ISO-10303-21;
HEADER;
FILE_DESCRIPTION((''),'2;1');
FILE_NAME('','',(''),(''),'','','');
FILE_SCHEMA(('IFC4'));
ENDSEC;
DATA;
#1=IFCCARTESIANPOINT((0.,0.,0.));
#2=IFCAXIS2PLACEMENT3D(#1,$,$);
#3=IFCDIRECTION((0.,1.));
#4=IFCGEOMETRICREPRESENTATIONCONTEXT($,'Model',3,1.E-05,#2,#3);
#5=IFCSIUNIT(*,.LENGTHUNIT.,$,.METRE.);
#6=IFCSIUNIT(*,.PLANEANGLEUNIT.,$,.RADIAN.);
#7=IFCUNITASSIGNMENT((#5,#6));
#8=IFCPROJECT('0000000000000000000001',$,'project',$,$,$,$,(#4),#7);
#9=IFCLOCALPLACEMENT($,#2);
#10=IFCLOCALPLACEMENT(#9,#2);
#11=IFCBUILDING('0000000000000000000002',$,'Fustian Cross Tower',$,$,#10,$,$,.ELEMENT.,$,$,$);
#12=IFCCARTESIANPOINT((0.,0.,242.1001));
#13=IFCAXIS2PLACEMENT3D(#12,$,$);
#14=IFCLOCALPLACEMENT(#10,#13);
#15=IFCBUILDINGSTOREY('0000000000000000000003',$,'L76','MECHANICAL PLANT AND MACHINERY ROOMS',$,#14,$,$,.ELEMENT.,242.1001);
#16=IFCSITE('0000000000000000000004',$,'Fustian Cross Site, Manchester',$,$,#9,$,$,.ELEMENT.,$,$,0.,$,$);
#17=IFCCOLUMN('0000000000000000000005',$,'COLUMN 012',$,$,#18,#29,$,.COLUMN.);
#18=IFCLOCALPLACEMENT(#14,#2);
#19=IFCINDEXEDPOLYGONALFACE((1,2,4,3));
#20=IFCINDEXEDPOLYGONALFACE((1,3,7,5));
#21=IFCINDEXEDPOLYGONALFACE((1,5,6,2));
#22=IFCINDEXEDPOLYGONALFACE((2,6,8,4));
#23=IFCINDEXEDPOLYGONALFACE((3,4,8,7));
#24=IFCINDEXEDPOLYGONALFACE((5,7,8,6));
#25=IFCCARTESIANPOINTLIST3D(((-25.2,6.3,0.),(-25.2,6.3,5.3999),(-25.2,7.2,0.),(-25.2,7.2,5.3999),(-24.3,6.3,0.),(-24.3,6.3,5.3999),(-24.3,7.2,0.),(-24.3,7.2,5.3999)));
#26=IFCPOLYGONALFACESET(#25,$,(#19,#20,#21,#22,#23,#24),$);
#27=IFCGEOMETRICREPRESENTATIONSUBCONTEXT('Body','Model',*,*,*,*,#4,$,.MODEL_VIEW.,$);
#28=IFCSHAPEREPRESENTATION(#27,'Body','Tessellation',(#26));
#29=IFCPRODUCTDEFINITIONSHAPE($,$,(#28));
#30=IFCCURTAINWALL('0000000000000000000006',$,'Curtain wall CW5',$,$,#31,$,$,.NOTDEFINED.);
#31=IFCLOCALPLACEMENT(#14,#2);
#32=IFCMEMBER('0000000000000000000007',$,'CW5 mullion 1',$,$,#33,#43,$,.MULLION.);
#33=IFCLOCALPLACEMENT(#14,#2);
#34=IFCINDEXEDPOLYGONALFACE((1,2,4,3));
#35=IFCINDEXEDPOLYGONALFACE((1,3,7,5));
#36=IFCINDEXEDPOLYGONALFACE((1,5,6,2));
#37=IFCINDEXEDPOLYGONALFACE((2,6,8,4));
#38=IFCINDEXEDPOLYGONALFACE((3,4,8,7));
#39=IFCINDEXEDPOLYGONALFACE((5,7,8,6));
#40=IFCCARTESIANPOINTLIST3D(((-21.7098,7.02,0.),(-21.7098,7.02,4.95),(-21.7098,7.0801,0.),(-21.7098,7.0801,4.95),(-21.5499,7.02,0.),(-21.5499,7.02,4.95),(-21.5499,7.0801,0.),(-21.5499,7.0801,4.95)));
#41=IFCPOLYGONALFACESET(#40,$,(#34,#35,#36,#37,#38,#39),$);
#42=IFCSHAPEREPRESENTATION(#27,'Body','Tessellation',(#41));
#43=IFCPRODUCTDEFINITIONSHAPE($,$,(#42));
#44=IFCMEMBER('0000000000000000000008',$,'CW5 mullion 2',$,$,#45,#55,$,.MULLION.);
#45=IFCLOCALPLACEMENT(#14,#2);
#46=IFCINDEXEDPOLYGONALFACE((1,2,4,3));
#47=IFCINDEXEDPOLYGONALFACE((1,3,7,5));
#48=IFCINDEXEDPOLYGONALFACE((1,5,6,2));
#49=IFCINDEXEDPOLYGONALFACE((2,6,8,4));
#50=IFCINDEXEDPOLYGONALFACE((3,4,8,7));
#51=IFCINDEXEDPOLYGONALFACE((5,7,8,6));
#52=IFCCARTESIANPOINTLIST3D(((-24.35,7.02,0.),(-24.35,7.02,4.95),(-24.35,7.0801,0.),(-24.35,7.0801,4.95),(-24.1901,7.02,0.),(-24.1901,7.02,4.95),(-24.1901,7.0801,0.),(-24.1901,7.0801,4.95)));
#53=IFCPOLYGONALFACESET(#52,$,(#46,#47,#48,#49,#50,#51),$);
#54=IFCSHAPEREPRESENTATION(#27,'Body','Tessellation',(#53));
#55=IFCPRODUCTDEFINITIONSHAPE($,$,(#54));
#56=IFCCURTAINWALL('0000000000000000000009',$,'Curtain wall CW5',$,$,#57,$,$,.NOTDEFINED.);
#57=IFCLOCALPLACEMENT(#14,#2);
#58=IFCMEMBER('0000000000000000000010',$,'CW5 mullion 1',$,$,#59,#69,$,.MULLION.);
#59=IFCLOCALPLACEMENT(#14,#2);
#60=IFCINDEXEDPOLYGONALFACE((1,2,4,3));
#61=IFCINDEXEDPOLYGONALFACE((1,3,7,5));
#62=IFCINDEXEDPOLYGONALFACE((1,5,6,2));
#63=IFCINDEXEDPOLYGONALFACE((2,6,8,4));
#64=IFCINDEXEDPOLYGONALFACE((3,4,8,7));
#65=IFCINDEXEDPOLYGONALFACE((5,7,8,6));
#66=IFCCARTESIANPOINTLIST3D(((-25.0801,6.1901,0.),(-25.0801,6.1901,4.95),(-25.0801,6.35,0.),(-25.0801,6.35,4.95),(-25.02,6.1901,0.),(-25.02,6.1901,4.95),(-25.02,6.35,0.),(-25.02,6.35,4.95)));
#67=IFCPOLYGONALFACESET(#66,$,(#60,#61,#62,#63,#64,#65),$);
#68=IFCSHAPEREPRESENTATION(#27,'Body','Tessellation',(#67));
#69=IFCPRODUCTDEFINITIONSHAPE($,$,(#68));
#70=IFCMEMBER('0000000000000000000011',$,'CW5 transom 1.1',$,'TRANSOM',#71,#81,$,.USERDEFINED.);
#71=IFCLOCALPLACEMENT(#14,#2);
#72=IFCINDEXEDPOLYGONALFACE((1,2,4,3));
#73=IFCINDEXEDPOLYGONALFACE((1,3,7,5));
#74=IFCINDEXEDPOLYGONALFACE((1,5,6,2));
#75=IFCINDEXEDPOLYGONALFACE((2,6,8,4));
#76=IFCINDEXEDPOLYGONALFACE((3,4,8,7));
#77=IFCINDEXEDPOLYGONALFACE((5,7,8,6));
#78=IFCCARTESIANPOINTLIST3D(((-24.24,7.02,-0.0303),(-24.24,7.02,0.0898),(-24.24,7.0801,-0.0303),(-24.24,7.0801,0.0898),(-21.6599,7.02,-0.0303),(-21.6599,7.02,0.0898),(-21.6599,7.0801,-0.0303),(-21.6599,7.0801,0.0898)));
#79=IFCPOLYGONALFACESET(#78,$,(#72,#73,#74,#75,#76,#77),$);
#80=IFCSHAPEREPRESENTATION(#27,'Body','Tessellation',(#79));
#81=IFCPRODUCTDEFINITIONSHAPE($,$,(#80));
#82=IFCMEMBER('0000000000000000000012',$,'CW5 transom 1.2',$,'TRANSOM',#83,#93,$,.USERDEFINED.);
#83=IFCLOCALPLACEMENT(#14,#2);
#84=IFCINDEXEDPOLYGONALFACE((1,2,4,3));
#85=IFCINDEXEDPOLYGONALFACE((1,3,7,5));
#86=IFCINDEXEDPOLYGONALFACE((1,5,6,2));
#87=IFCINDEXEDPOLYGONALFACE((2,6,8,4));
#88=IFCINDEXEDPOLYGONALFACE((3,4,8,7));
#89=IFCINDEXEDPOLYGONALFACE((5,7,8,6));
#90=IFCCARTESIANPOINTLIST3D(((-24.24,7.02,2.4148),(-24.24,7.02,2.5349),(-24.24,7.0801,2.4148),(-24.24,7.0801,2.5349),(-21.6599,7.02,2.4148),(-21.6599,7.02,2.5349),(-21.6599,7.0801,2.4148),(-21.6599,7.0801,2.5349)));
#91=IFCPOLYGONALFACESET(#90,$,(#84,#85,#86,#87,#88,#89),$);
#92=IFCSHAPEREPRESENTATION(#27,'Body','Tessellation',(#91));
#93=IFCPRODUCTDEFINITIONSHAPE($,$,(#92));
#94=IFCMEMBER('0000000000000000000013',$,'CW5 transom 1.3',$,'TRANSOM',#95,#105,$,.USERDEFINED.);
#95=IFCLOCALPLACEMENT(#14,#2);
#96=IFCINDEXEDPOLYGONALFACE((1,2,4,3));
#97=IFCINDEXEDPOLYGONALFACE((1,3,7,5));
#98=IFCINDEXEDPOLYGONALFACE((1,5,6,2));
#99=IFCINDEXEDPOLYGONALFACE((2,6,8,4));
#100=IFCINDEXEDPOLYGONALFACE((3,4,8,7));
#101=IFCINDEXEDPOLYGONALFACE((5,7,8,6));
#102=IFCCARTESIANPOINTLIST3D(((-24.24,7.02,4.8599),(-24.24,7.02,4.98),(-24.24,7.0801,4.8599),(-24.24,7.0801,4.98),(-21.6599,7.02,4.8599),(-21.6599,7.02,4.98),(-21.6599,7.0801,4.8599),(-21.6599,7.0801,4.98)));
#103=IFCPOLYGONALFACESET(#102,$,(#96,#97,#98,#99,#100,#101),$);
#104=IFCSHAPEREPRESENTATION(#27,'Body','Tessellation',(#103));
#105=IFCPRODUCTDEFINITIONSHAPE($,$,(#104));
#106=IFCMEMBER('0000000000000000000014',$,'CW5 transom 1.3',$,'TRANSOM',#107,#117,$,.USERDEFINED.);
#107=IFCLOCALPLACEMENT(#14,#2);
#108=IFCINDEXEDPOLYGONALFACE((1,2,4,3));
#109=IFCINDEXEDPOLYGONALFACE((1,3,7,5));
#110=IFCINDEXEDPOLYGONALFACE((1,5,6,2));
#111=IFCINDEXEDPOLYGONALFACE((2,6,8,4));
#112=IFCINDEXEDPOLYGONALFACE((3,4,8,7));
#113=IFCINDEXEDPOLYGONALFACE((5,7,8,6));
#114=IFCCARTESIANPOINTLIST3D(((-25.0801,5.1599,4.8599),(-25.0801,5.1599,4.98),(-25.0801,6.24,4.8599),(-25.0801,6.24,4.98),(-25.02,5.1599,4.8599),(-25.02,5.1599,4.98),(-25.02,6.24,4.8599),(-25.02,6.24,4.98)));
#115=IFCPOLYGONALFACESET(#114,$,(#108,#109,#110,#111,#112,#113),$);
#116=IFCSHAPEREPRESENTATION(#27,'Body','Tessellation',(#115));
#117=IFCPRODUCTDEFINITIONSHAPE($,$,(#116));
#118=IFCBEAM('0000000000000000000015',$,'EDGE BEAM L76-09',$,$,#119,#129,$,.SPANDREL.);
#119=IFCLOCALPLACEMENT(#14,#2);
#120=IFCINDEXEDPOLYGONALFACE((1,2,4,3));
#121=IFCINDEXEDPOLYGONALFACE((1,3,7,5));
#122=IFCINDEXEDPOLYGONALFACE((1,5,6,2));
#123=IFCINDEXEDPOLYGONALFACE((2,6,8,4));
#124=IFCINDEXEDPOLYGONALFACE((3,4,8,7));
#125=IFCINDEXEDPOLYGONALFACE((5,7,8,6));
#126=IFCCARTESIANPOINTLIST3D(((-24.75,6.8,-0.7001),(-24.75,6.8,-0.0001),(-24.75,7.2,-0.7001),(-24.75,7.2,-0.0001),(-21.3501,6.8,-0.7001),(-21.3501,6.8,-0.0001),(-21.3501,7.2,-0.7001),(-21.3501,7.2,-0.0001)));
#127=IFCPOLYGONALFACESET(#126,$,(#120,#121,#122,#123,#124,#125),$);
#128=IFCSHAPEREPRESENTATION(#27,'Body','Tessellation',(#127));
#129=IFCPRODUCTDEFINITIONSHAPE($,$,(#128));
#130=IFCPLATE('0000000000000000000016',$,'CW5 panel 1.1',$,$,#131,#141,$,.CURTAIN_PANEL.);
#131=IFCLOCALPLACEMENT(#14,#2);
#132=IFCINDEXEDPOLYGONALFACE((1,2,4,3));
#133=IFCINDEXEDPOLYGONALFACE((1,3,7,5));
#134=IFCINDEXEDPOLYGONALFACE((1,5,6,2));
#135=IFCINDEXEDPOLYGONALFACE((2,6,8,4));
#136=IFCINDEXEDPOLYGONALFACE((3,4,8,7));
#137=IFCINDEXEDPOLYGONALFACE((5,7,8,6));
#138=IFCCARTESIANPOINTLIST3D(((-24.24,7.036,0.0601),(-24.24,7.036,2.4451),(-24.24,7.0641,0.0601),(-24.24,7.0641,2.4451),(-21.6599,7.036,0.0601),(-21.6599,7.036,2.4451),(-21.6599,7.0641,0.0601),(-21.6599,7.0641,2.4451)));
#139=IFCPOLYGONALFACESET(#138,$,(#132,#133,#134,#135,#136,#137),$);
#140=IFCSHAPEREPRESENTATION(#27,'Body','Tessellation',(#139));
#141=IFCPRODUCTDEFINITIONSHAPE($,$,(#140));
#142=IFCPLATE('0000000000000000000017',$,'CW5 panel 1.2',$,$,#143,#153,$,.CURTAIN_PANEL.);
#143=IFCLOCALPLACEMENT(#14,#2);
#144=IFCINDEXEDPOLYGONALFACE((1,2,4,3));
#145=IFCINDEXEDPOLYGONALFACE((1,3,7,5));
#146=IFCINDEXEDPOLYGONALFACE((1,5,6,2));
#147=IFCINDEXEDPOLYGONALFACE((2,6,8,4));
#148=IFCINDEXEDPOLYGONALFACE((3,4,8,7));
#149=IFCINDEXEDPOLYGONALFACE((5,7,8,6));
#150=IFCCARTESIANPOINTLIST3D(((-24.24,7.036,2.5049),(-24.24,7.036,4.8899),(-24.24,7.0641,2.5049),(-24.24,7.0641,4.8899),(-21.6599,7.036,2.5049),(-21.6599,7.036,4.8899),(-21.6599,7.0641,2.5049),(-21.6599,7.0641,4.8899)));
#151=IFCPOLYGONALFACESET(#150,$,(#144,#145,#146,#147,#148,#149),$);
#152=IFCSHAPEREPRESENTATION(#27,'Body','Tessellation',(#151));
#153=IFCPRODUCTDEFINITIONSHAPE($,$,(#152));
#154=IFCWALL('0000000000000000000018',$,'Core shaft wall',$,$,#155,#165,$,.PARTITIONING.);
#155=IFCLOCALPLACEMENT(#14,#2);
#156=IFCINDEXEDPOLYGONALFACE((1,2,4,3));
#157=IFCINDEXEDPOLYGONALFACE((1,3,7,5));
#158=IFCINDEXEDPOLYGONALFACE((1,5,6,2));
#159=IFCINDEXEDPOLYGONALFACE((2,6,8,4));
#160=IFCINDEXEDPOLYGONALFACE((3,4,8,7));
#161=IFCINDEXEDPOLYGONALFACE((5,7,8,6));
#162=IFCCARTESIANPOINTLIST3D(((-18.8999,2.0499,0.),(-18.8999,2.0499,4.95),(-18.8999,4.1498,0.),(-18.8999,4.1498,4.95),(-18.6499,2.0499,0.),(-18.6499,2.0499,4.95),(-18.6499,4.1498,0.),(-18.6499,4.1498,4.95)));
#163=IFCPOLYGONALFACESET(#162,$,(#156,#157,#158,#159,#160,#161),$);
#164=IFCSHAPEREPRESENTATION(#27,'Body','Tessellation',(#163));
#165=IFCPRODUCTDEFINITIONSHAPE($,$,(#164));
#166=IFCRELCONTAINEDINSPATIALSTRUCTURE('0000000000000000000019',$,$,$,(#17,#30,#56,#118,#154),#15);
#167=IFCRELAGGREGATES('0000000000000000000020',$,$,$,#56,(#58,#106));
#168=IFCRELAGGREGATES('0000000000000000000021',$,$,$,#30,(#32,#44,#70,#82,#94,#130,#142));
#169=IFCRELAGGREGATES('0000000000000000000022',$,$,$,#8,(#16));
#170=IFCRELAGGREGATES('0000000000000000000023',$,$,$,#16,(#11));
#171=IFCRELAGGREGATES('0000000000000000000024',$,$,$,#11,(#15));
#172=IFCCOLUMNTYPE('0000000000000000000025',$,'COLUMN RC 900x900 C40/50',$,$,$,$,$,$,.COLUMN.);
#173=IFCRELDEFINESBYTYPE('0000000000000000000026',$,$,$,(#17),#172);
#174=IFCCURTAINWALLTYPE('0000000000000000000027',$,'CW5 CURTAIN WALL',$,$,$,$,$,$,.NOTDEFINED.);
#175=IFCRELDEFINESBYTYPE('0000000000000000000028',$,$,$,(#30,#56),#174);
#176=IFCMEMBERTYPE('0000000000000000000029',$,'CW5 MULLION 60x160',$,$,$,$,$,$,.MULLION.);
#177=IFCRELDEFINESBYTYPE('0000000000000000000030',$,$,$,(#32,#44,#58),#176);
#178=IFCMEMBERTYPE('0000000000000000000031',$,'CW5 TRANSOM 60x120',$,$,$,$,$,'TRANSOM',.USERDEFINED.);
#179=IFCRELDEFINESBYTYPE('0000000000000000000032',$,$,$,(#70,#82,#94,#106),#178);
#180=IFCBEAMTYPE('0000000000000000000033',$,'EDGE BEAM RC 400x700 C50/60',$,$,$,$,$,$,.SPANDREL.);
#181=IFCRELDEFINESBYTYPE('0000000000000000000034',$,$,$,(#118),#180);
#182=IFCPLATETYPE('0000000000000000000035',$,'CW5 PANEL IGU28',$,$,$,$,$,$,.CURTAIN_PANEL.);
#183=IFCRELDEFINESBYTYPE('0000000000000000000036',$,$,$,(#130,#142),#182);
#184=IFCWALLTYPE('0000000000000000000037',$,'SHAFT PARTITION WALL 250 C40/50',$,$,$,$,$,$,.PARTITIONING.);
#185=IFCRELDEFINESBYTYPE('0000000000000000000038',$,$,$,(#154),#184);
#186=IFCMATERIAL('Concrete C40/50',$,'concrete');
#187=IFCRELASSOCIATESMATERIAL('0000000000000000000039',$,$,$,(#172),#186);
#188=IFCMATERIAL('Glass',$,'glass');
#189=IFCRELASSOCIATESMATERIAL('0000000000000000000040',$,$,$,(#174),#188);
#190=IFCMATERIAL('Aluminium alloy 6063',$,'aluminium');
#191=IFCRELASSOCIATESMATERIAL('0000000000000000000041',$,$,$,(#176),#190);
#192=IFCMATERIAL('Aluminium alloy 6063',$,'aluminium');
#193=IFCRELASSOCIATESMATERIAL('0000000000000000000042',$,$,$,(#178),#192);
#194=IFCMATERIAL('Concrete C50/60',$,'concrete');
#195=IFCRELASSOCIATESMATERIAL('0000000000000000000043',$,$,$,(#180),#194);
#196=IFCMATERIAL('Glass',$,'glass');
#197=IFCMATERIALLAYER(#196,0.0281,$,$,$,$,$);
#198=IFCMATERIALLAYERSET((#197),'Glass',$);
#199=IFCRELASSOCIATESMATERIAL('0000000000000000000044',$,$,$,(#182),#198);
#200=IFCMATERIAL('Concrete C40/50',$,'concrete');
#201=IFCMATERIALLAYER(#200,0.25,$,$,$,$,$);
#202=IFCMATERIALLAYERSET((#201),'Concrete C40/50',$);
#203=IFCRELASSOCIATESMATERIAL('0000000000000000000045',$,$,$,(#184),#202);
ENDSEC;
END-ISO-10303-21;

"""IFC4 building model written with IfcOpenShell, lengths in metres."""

from ifc_helpers import new_model, si_unit, direction, frame, frame_2d, origin, origin_2d, place, context, subcontext, project, spatial, rectangle, extrude, material, layer, layer_set, material_profile, profile_set, type_object, element, aggregate, save


model = new_model("IFC4")

# Units and contexts
model_context = context("Model", 3, precision=1e-05, world=origin(), true_north=direction((0.0, 1.0)))
body_context = subcontext(model_context, "Body", "Model", "MODEL_VIEW")
ifc_project = project(units=[si_unit("LENGTHUNIT", "METRE"), si_unit("PLANEANGLEUNIT", "RADIAN")], contexts=[model_context])

# Site, building, storey
site_placement = place(None, origin())
site = spatial("IfcSite", under=ifc_project, at=site_placement, Name="Fustian Cross Site, Manchester", CompositionType="ELEMENT", RefElevation=0.0)
building_placement = place(site_placement, origin())
building = spatial("IfcBuilding", under=site, at=building_placement, Name="Fustian Cross Tower", CompositionType="ELEMENT")
storey_placement = place(building_placement, frame((0.0, 0.0, 242.1001)))
storey = spatial("IfcBuildingStorey", under=building, at=storey_placement, Name="L76", Description="MECHANICAL PLANT AND MACHINERY ROOMS", CompositionType="ELEMENT", Elevation=242.1001)

# Column
ifc_material_1 = material(Name="Concrete C40/50", Category="concrete")
ifc_material_profile_1 = material_profile(ifc_material_1, rectangle(XDim=0.8999, YDim=0.8999, at=origin_2d()), Name="RC 900x900")
ifc_profile_set_1 = profile_set([ifc_material_profile_1], Name="Concrete C40/50")
column_type = type_object("IfcColumnType", Name="COLUMN RC 900x900 C40/50", PredefinedType="COLUMN", material=ifc_profile_set_1)
column_placement = place(storey_placement, frame((-24.75, 6.75, 0.0), z_axis=(0.0, 0.0, 1.0), x_axis=(1.0, 0.0, 0.0)))
element("IfcColumn", 1, at=column_placement, inside=storey, type_object=column_type, Name="COLUMN 012", PredefinedType="COLUMN", context=body_context, shape_type="SweptSolid", body=[
    extrude(rectangle(XDim=0.8999, YDim=0.8999, at=origin_2d()), origin(), (0.0, 0.0, 1.0), 5.3999),
])

# Curtain wall, members
ifc_material_2 = material(Name="Glass", Category="glass")
curtain_wall_type = type_object("IfcCurtainWallType", Name="CW5 CURTAIN WALL", PredefinedType="NOTDEFINED", material=ifc_material_2)
curtain_wall_1_placement = place(storey_placement, origin())
curtain_wall_1 = element("IfcCurtainWall", 2, at=curtain_wall_1_placement, inside=storey, type_object=curtain_wall_type, Name="Curtain wall CW5", PredefinedType="NOTDEFINED")
ifc_material_3 = material(Name="Aluminium alloy 6063", Category="aluminium")
ifc_material_profile_2 = material_profile(ifc_material_3, rectangle(XDim=0.0601, YDim=0.1599, at=origin_2d()), Name="CW5 MULLION 60x160")
ifc_profile_set_2 = profile_set([ifc_material_profile_2], Name="Aluminium alloy 6063")
member_type_1 = type_object("IfcMemberType", Name="CW5 MULLION 60x160", PredefinedType="MULLION", material=ifc_profile_set_2)
member_1_placement = place(storey_placement, frame((-21.6299, 7.05, 0.0), z_axis=(0.0, 0.0, 1.0), x_axis=(0.0, -1.0, 0.0)))
member_1 = element("IfcMember", 3, at=member_1_placement, type_object=member_type_1, Name="CW5 mullion 1", PredefinedType="MULLION", context=body_context, shape_type="SweptSolid", body=[
    extrude(rectangle(XDim=0.0601, YDim=0.1599, at=origin_2d()), origin(), (0.0, 0.0, 1.0), 4.95),
])
member_2_placement = place(storey_placement, frame((-24.27, 7.05, 0.0), z_axis=(0.0, 0.0, 1.0), x_axis=(0.0, -1.0, 0.0)))
member_2 = element("IfcMember", 4, at=member_2_placement, type_object=member_type_1, Name="CW5 mullion 2", PredefinedType="MULLION", context=body_context, shape_type="SweptSolid", body=[
    extrude(rectangle(XDim=0.0601, YDim=0.1599, at=origin_2d()), origin(), (0.0, 0.0, 1.0), 4.95),
])

# Curtain wall, member
curtain_wall_2_placement = place(storey_placement, origin())
curtain_wall_2 = element("IfcCurtainWall", 5, at=curtain_wall_2_placement, inside=storey, type_object=curtain_wall_type, Name="Curtain wall CW5", PredefinedType="NOTDEFINED")
member_3_placement = place(storey_placement, frame((-25.05, 6.27, 0.0), z_axis=(0.0, 0.0, 1.0), x_axis=(1.0, 0.0, 0.0)))
member_3 = element("IfcMember", 6, at=member_3_placement, type_object=member_type_1, Name="CW5 mullion 1", PredefinedType="MULLION", context=body_context, shape_type="SweptSolid", body=[
    extrude(rectangle(XDim=0.0601, YDim=0.1599, at=origin_2d()), origin(), (0.0, 0.0, 1.0), 4.95),
])

# Members
ifc_material_4 = material(Name="Aluminium alloy 6063", Category="aluminium")
ifc_material_profile_3 = material_profile(ifc_material_4, rectangle(XDim=0.0601, YDim=0.1201, at=origin_2d()), Name="CW5 TRANSOM 60x120")
ifc_profile_set_3 = profile_set([ifc_material_profile_3], Name="Aluminium alloy 6063")
member_type_2 = type_object("IfcMemberType", Name="CW5 TRANSOM 60x120", ElementType="TRANSOM", PredefinedType="USERDEFINED", material=ifc_profile_set_3)
member_4_placement = place(storey_placement, frame((-21.6599, 7.05, 0.0298), z_axis=(-1.0, 0.0, 0.0), x_axis=(0.0, -1.0, 0.0)))
member_4 = element("IfcMember", 7, at=member_4_placement, type_object=member_type_2, Name="CW5 transom 1.1", ObjectType="TRANSOM", PredefinedType="USERDEFINED", context=body_context, shape_type="SweptSolid", body=[
    extrude(rectangle(XDim=0.0601, YDim=0.1201, at=origin_2d()), origin(), (0.0, 0.0, 1.0), 2.5801),
])
member_5_placement = place(storey_placement, frame((-21.6599, 7.05, 2.4749), z_axis=(-1.0, 0.0, 0.0), x_axis=(0.0, -1.0, 0.0)))
member_5 = element("IfcMember", 8, at=member_5_placement, type_object=member_type_2, Name="CW5 transom 1.2", ObjectType="TRANSOM", PredefinedType="USERDEFINED", context=body_context, shape_type="SweptSolid", body=[
    extrude(rectangle(XDim=0.0601, YDim=0.1201, at=origin_2d()), origin(), (0.0, 0.0, 1.0), 2.5801),
])
member_6_placement = place(storey_placement, frame((-21.6599, 7.05, 4.9199), z_axis=(-1.0, 0.0, 0.0), x_axis=(0.0, -1.0, 0.0)))
member_6 = element("IfcMember", 9, at=member_6_placement, type_object=member_type_2, Name="CW5 transom 1.3", ObjectType="TRANSOM", PredefinedType="USERDEFINED", context=body_context, shape_type="SweptSolid", body=[
    extrude(rectangle(XDim=0.0601, YDim=0.1201, at=origin_2d()), origin(), (0.0, 0.0, 1.0), 2.5801),
])
member_7_placement = place(storey_placement, frame((-25.05, 6.24, 4.9199), z_axis=(0.0, -1.0, 0.0), x_axis=(1.0, 0.0, 0.0)))
member_7 = element("IfcMember", 10, at=member_7_placement, type_object=member_type_2, Name="CW5 transom 1.3", ObjectType="TRANSOM", PredefinedType="USERDEFINED", context=body_context, shape_type="SweptSolid", body=[
    extrude(rectangle(XDim=0.0601, YDim=0.1201, at=origin_2d()), origin(), (0.0, 0.0, 1.0), 1.0801),
])
aggregate(curtain_wall_2, [member_3, member_7])

# Beam
ifc_material_5 = material(Name="Concrete C50/60", Category="concrete")
ifc_material_profile_4 = material_profile(ifc_material_5, rectangle(XDim=0.3999, YDim=0.7, at=origin_2d()), Name="RC 400x700")
ifc_profile_set_4 = profile_set([ifc_material_profile_4], Name="Concrete C50/60")
beam_type = type_object("IfcBeamType", Name="EDGE BEAM RC 400x700 C50/60", PredefinedType="SPANDREL", material=ifc_profile_set_4)
beam_placement = place(storey_placement, frame((-21.3501, 7.0, -0.3501), z_axis=(-1.0, 0.0, 0.0), x_axis=(0.0, -1.0, 0.0)))
element("IfcBeam", 11, at=beam_placement, inside=storey, type_object=beam_type, Name="EDGE BEAM L76-09", PredefinedType="SPANDREL", context=body_context, shape_type="SweptSolid", body=[
    extrude(rectangle(XDim=0.3999, YDim=0.7, at=origin_2d()), origin(), (0.0, 0.0, 1.0), 3.3999),
])

# Plates
ifc_material_6 = material(Name="Glass", Category="glass")
ifc_layer_1 = layer(ifc_material_6, 0.0281)
ifc_layer_set_1 = layer_set([ifc_layer_1], Name="Glass")
plate_type = type_object("IfcPlateType", Name="CW5 PANEL IGU28", PredefinedType="CURTAIN_PANEL", material=ifc_layer_set_1)
plate_1_placement = place(storey_placement, frame((-22.95, 7.05, 0.0601), z_axis=(0.0, 0.0, 1.0), x_axis=(-1.0, 0.0, 0.0)))
plate_1 = element("IfcPlate", 12, at=plate_1_placement, type_object=plate_type, Name="CW5 panel 1.1", PredefinedType="CURTAIN_PANEL", context=body_context, shape_type="SweptSolid", body=[
    extrude(rectangle(XDim=2.5801, YDim=0.0281, at=origin_2d()), origin(), (0.0, 0.0, 1.0), 2.385),
])
plate_2_placement = place(storey_placement, frame((-22.95, 7.05, 2.5049), z_axis=(0.0, 0.0, 1.0), x_axis=(-1.0, 0.0, 0.0)))
plate_2 = element("IfcPlate", 13, at=plate_2_placement, type_object=plate_type, Name="CW5 panel 1.2", PredefinedType="CURTAIN_PANEL", context=body_context, shape_type="SweptSolid", body=[
    extrude(rectangle(XDim=2.5801, YDim=0.0281, at=origin_2d()), origin(), (0.0, 0.0, 1.0), 2.385),
])
aggregate(curtain_wall_1, [member_1, member_2, member_4, member_5, member_6, plate_1, plate_2])

# Wall
ifc_material_7 = material(Name="Concrete C40/50", Category="concrete")
ifc_layer_2 = layer(ifc_material_7, 0.25)
ifc_layer_set_2 = layer_set([ifc_layer_2], Name="Concrete C40/50")
wall_type = type_object("IfcWallType", Name="SHAFT PARTITION WALL 250 C40/50", PredefinedType="PARTITIONING", material=ifc_layer_set_2)
wall_placement = place(storey_placement, frame((-18.7749, 2.05, 0.0), z_axis=(0.0, 0.0, 1.0), x_axis=(0.0, 1.0, 0.0)))
element("IfcWall", 14, at=wall_placement, inside=storey, type_object=wall_type, Name="Core shaft wall", PredefinedType="PARTITIONING", context=body_context, shape_type="SweptSolid", body=[
    extrude(rectangle(XDim=2.0999, YDim=0.25, at=frame_2d((1.0498, 0.0))), origin(), (0.0, 0.0, 1.0), 4.95),
])

save(model, "model.ifc")
